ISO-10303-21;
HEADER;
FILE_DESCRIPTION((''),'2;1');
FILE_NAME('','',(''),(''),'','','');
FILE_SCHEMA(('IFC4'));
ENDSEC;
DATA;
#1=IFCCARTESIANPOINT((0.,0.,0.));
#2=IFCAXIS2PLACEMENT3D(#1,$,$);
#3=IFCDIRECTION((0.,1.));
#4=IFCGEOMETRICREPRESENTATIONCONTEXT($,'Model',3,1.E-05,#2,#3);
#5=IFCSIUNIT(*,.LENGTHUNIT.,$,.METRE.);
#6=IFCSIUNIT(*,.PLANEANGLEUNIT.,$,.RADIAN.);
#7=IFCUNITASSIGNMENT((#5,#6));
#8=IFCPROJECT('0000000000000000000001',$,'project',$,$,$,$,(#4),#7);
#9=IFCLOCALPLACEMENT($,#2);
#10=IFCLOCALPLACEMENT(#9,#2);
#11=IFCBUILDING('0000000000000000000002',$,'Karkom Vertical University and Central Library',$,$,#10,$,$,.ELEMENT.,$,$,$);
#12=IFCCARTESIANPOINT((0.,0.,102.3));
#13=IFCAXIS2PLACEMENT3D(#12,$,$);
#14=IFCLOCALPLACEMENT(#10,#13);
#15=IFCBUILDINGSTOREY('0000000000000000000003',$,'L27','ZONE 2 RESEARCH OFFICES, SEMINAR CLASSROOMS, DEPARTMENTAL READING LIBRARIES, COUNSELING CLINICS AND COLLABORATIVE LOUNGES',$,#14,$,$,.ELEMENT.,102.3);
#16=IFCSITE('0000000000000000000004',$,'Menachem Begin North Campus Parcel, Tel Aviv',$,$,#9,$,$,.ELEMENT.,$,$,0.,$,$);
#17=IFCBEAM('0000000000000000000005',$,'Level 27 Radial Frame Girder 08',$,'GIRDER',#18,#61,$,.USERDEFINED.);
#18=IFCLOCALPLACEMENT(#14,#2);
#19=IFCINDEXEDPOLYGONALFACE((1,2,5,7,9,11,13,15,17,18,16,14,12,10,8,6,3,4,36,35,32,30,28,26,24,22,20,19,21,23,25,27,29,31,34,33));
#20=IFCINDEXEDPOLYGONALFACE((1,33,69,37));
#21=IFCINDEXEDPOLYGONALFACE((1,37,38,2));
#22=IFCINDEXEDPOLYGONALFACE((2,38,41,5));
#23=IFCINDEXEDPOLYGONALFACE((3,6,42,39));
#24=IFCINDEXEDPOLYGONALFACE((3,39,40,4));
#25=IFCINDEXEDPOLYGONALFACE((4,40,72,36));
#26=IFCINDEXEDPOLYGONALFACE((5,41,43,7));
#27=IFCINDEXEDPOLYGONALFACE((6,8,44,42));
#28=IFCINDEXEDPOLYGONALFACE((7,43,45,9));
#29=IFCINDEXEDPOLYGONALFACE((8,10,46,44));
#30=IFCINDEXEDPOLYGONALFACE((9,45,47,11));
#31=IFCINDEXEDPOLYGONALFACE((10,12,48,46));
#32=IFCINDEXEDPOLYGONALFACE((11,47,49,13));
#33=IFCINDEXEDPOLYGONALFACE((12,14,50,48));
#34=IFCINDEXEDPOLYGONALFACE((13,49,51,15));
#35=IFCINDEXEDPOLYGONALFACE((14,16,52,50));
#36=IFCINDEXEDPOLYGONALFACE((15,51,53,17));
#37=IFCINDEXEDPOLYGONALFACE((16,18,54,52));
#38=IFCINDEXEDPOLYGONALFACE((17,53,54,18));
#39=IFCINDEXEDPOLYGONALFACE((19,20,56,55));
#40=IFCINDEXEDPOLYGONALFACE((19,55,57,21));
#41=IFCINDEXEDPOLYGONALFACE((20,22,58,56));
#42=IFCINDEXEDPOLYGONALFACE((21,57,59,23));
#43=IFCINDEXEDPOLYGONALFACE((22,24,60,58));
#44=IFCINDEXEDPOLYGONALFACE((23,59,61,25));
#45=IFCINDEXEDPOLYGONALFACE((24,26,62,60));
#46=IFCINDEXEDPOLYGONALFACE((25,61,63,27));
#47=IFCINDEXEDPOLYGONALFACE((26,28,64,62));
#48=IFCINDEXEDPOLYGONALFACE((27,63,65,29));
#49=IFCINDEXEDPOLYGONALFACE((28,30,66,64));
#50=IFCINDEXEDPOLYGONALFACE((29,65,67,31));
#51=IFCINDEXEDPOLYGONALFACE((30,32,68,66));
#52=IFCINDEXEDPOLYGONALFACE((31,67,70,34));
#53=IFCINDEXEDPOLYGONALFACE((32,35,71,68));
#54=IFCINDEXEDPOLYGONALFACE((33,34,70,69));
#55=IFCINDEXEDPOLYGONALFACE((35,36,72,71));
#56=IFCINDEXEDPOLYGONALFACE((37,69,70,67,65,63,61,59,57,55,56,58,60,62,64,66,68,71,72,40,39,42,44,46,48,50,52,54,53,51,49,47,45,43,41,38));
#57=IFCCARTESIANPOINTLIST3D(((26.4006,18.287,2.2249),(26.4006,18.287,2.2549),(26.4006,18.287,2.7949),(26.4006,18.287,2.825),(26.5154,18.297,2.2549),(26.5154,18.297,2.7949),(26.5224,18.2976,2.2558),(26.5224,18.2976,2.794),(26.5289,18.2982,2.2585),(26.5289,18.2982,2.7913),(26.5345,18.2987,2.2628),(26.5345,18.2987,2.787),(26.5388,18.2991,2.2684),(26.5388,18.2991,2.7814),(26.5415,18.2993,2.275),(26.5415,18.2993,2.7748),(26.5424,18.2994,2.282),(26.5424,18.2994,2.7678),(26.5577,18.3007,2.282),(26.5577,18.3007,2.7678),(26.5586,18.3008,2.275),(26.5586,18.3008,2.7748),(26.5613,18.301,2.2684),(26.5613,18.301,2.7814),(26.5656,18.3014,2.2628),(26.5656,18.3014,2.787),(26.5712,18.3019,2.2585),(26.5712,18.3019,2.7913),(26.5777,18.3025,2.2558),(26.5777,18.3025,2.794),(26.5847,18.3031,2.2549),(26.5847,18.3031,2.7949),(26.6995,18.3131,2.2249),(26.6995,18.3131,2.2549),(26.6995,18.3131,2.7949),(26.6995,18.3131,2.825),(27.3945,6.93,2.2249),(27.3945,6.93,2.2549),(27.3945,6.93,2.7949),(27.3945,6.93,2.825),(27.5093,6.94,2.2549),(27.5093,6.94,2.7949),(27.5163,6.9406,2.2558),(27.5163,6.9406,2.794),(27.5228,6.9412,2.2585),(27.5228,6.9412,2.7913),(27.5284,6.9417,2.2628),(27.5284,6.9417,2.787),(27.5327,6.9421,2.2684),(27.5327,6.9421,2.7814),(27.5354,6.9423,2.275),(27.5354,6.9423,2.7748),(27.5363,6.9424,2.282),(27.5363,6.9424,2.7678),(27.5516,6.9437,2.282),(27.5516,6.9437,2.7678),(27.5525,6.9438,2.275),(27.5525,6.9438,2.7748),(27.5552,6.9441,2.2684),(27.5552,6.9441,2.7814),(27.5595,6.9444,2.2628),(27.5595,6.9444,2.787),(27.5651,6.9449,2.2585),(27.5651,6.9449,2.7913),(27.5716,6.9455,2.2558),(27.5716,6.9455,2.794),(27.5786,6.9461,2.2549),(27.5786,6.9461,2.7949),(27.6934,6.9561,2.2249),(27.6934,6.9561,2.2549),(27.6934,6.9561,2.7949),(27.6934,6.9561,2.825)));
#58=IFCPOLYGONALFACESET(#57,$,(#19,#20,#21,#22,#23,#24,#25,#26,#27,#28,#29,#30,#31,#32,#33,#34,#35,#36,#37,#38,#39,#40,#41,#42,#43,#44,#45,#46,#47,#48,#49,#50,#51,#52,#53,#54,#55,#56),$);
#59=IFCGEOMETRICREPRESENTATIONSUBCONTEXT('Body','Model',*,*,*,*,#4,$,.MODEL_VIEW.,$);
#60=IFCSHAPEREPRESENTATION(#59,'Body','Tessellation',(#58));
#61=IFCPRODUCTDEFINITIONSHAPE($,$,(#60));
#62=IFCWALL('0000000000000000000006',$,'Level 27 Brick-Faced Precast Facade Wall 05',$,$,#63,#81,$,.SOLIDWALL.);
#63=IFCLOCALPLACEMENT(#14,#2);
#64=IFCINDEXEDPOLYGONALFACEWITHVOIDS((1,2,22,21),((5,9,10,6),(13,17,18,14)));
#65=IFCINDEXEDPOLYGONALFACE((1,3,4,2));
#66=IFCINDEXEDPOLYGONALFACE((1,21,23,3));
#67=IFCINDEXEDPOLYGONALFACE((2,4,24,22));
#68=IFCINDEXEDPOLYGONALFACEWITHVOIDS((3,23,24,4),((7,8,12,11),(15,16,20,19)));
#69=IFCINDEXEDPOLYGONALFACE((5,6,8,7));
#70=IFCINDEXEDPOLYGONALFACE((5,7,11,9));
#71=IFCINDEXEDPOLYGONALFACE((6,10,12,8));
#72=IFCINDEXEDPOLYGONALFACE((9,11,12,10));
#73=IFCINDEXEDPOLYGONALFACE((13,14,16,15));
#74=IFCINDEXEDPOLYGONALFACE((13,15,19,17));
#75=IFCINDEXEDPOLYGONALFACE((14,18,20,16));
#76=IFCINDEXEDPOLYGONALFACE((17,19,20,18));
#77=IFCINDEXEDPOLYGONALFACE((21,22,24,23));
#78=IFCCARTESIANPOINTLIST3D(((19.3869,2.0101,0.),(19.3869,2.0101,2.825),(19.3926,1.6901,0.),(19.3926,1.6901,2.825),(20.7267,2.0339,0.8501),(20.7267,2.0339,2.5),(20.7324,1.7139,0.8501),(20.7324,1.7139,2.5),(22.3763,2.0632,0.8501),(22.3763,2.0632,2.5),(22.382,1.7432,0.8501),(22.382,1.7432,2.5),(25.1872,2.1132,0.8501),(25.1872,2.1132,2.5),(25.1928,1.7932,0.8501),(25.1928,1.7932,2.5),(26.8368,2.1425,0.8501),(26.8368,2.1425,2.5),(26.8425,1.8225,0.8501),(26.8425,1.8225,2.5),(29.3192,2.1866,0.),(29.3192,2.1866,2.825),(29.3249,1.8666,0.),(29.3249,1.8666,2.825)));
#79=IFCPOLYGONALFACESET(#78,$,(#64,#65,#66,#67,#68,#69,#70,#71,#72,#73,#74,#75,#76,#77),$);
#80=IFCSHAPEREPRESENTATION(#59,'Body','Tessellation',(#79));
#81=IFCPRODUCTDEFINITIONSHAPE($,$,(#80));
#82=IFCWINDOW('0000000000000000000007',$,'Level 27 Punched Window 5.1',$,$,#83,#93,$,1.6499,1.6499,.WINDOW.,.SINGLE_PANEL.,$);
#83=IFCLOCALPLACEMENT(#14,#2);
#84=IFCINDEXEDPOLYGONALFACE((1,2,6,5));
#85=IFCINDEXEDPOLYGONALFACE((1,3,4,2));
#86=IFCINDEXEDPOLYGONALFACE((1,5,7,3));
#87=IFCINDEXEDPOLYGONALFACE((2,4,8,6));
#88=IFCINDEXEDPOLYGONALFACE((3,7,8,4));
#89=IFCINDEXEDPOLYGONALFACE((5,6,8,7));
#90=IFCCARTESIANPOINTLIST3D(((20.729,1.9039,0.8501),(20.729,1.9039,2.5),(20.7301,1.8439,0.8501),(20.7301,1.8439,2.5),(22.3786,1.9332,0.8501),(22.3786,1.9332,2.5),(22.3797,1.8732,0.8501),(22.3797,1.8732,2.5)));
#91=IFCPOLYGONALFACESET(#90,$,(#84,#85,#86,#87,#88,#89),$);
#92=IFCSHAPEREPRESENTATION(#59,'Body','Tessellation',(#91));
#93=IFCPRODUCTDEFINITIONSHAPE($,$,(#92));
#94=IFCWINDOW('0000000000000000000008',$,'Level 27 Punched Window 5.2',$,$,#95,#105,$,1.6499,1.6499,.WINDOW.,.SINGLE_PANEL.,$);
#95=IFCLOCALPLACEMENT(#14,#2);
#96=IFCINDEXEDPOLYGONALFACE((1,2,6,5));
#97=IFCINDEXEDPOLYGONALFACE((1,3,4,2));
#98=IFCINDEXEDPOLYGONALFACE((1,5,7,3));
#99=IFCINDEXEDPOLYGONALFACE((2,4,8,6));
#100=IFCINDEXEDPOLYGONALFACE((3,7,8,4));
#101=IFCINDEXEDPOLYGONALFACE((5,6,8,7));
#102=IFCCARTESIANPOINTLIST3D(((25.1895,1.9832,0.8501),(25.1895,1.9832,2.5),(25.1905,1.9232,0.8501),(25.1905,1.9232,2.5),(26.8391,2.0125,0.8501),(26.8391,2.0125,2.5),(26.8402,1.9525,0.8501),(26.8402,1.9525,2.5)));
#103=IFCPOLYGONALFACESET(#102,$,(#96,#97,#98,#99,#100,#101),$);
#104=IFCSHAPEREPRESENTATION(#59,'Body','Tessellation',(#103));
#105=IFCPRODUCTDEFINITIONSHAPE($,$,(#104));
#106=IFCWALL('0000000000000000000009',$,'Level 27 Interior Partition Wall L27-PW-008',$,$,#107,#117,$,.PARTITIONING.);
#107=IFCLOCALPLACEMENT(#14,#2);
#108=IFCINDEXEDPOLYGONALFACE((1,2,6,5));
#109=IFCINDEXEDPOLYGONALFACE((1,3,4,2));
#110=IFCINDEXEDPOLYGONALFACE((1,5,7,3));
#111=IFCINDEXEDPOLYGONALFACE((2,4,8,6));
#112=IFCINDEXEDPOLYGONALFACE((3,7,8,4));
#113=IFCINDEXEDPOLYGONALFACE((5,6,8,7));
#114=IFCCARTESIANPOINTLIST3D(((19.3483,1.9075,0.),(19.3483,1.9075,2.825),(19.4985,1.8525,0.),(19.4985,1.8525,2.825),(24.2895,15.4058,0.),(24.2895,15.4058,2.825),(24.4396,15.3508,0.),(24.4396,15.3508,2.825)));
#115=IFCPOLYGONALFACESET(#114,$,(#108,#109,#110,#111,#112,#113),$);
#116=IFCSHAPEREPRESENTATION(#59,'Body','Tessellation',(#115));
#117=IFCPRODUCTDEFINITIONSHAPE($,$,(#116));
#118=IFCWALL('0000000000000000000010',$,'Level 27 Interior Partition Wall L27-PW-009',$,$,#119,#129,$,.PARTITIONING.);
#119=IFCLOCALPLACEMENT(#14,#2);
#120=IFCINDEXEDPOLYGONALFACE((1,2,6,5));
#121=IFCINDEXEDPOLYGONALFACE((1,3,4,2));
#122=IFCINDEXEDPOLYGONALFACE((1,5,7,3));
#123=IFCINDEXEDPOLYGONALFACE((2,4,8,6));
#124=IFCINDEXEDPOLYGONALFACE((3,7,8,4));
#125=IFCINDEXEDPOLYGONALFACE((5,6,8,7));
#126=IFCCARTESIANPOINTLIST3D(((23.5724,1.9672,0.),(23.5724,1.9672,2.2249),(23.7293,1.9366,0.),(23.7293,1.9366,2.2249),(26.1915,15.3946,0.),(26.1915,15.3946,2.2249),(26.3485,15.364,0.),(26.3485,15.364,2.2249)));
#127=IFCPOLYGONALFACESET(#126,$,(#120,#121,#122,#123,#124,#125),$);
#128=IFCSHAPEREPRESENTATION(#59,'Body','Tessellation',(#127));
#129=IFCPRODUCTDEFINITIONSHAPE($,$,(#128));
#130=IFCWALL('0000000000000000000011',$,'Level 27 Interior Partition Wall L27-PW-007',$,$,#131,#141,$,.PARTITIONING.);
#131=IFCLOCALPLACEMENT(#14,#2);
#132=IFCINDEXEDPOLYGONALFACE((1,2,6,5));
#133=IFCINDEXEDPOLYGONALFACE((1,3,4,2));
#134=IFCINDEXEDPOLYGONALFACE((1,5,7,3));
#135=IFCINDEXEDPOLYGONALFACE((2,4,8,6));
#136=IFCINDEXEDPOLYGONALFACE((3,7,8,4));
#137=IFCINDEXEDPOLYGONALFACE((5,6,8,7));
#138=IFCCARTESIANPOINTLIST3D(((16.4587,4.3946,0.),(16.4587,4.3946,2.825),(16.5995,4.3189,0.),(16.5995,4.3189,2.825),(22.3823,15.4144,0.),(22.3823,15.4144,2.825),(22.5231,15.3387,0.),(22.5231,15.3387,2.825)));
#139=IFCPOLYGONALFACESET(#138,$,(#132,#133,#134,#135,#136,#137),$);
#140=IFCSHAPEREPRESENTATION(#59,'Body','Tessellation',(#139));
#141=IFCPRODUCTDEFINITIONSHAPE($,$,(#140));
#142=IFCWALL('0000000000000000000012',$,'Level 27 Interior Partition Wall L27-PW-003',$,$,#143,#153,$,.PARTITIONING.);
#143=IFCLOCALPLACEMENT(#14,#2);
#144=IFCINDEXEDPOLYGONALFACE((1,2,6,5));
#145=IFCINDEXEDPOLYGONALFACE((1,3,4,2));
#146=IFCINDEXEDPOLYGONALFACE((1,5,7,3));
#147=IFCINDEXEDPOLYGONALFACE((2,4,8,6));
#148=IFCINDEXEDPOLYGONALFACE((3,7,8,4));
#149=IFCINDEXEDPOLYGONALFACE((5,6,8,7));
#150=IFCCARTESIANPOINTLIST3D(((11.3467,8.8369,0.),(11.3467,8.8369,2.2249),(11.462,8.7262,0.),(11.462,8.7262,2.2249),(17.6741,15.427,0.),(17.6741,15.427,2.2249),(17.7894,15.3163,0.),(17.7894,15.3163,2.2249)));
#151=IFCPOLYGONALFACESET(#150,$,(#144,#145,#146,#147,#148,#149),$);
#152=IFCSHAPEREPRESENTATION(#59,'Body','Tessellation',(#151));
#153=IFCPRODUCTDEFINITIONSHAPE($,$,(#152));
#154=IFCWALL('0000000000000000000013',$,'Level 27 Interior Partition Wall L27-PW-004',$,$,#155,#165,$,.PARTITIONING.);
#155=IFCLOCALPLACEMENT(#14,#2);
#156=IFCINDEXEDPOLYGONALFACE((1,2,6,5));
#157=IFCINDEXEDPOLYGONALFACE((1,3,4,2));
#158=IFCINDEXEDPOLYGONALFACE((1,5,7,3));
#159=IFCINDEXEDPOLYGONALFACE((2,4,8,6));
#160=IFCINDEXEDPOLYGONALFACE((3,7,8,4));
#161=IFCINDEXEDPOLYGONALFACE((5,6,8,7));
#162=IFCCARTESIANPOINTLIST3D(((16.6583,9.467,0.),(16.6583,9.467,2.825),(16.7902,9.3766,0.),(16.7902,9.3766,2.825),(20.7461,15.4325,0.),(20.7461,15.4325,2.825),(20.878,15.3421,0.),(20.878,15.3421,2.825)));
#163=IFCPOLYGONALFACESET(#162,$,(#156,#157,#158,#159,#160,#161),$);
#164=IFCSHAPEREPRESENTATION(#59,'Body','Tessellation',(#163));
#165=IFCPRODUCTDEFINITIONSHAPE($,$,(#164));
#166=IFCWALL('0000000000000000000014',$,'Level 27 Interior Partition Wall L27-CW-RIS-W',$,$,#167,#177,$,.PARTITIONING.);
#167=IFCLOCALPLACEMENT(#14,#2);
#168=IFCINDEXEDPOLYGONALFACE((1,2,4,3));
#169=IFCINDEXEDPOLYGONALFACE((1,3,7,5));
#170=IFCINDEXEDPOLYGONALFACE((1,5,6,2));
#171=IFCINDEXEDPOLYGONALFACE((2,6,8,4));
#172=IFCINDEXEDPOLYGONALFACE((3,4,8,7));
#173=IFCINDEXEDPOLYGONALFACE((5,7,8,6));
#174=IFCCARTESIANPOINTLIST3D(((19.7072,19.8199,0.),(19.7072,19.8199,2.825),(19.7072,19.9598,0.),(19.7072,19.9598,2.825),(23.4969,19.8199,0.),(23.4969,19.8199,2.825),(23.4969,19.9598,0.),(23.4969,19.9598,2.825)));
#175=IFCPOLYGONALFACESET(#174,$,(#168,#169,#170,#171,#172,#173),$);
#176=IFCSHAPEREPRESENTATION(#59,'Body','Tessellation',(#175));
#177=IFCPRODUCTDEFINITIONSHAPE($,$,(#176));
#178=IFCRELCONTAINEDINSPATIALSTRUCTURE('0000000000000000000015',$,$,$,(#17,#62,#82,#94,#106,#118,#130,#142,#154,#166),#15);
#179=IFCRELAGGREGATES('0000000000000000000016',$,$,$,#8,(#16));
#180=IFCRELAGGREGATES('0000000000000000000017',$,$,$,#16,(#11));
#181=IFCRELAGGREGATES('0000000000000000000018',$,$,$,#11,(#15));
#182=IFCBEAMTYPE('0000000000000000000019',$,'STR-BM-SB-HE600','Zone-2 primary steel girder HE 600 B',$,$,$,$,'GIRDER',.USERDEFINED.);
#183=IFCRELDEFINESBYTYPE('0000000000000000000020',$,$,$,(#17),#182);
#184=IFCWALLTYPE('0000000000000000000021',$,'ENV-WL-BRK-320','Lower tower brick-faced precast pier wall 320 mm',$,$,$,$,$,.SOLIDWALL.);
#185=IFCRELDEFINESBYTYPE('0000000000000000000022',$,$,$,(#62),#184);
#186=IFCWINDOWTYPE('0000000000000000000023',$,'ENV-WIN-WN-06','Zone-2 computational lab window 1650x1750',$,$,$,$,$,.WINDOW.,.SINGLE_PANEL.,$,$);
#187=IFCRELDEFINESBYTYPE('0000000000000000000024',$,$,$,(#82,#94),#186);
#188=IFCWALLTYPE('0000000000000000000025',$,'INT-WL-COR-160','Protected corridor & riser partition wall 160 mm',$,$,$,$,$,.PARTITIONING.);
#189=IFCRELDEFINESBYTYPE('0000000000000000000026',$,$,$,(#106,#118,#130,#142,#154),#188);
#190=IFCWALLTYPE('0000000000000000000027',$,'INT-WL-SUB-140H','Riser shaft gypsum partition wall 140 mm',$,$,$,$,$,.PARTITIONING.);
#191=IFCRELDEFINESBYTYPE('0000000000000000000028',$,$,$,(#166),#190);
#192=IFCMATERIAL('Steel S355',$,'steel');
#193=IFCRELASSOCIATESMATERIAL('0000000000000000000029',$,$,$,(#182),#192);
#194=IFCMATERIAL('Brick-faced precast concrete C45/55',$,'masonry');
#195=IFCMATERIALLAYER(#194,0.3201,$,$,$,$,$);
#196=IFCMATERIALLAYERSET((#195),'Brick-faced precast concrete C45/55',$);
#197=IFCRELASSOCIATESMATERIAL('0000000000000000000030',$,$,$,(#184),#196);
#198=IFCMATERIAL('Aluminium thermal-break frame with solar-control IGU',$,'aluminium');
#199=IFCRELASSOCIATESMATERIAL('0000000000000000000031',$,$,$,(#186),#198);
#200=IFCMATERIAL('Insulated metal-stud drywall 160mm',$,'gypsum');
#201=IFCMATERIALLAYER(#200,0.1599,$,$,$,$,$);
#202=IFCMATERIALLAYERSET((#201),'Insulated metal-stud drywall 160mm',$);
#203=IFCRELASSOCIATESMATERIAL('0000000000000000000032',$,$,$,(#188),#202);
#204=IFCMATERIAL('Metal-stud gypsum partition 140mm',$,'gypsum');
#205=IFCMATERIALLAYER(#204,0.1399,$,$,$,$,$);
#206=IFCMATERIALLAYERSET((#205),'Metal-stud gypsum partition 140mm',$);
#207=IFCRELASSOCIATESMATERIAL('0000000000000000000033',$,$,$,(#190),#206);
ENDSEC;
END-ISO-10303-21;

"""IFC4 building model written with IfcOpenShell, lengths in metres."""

from ifc_helpers import new_model, si_unit, direction, frame, frame_2d, origin, origin_with_axes, origin_2d, place, context, subcontext, project, spatial, rectangle, i_section, extrude, source, transform, mapped, material, layer, layer_set, material_profile, profile_set, type_object, element, fill, save


model = new_model("IFC4")

# Units and contexts
model_context = context("Model", 3, precision=1e-05, world=origin(), true_north=direction((0.0, 1.0)))
body_context = subcontext(model_context, "Body", "Model", "MODEL_VIEW")
ifc_project = project(units=[si_unit("LENGTHUNIT", "METRE"), si_unit("PLANEANGLEUNIT", "RADIAN")], contexts=[model_context])

# Site, building, storey
site_placement = place(None, origin())
site = spatial("IfcSite", under=ifc_project, at=site_placement, Name="Menachem Begin North Campus Parcel, Tel Aviv", CompositionType="ELEMENT", RefElevation=0.0)
building_placement = place(site_placement, origin())
building = spatial("IfcBuilding", under=site, at=building_placement, Name="Karkom Vertical University and Central Library", CompositionType="ELEMENT")
storey_placement = place(building_placement, frame((0.0, 0.0, 102.3)))
storey = spatial("IfcBuildingStorey", under=building, at=storey_placement, Name="L27", Description="ZONE 2 RESEARCH OFFICES, SEMINAR CLASSROOMS, DEPARTMENTAL READING LIBRARIES, COUNSELING CLINICS AND COLLABORATIVE LOUNGES", CompositionType="ELEMENT", Elevation=102.3)

# Beam
ifc_material_1 = material(Name="Steel S355", Category="steel")
ifc_material_profile_1 = material_profile(ifc_material_1, i_section(OverallWidth=0.3, OverallDepth=0.6001, WebThickness=0.0154, FlangeThickness=0.03, FilletRadius=0.0271, at=origin_2d()), Name="HE 600 B")
ifc_profile_set_1 = profile_set([ifc_material_profile_1], Name="Steel S355")
beam_type_1 = type_object("IfcBeamType", Name="STR-BM-SB-HE600", Description="Zone-2 primary steel girder HE 600 B", ElementType="GIRDER", PredefinedType="USERDEFINED", material=ifc_profile_set_1)
shared_shape_1 = source(origin_with_axes(), body_context, "Body", "SweptSolid", [
    extrude(i_section(OverallWidth=0.3, OverallDepth=0.6001, WebThickness=0.0154, FlangeThickness=0.03, FilletRadius=0.0271, at=origin_2d()), origin(), (0.0, 0.0, 1.0), 11.4004),
])
beam_1_placement = place(storey_placement, frame((26.55, 18.3, 2.5249), z_axis=(0.087181, -0.996192, 0.0), x_axis=(0.996192, 0.087181, 0.0)))
element("IfcBeam", 1, at=beam_1_placement, inside=storey, type_object=beam_type_1, Name="Level 27 Radial Frame Girder 08", ObjectType="GIRDER", PredefinedType="USERDEFINED", context=body_context, shape_type="MappedRepresentation", body=[
    mapped(shared_shape_1, transform((0.0, 0.0, 0.0), scale=1.0)),
])

# Wall, openings, windows
ifc_material_2 = material(Name="Brick-faced precast concrete C45/55", Category="masonry")
ifc_layer_1 = layer(ifc_material_2, 0.3201)
ifc_layer_set_1 = layer_set([ifc_layer_1], Name="Brick-faced precast concrete C45/55")
wall_type_1 = type_object("IfcWallType", Name="ENV-WL-BRK-320", Description="Lower tower brick-faced precast pier wall 320 mm", PredefinedType="SOLIDWALL", material=ifc_layer_set_1)
wall_1_placement = place(storey_placement, frame((19.3899, 1.8501, 0.0), z_axis=(0.0, 0.0, 1.0), x_axis=(0.999842, 0.017769, 0.0)))
wall_1 = element("IfcWall", 2, at=wall_1_placement, inside=storey, type_object=wall_type_1, Name="Level 27 Brick-Faced Precast Facade Wall 05", PredefinedType="SOLIDWALL", context=body_context, shape_type="SweptSolid", body=[
    extrude(rectangle(XDim=9.9338, YDim=0.3201, at=frame_2d((4.9668, 0.0))), origin(), (0.0, 0.0, 1.0), 2.825),
])
opening_1_placement = place(wall_1_placement, frame((1.3398, 0.0, 0.8501)))
opening_1 = element("IfcOpeningElement", 3, at=opening_1_placement, cuts=wall_1, PredefinedType="OPENING", context=body_context, shape_type="SweptSolid", body=[
    extrude(rectangle(XDim=1.6499, YDim=1.6499, at=frame_2d((0.825, 0.825))), frame((0.0, 0.1699, 0.0), z_axis=(0.0, -1.0, 0.0), x_axis=(1.0, 0.0, 0.0)), (0.0, 0.0, 1.0), 0.3401),
])
opening_2_placement = place(wall_1_placement, frame((5.801, 0.0, 0.8501)))
opening_2 = element("IfcOpeningElement", 4, at=opening_2_placement, cuts=wall_1, PredefinedType="OPENING", context=body_context, shape_type="SweptSolid", body=[
    extrude(rectangle(XDim=1.6499, YDim=1.6499, at=frame_2d((0.825, 0.825))), frame((0.0, 0.1699, 0.0), z_axis=(0.0, -1.0, 0.0), x_axis=(1.0, 0.0, 0.0)), (0.0, 0.0, 1.0), 0.3401),
])
ifc_material_3 = material(Name="Aluminium thermal-break frame with solar-control IGU", Category="aluminium")
window_type = type_object("IfcWindowType", Name="ENV-WIN-WN-06", Description="Zone-2 computational lab window 1650x1750", PartitioningType="SINGLE_PANEL", PredefinedType="WINDOW", material=ifc_material_3)
shared_shape_2 = source(origin_with_axes(), body_context, "Body", "SweptSolid", [
    extrude(rectangle(XDim=1.6499, YDim=1.6499, at=frame_2d((0.825, 0.825))), frame((0.0, 0.03, 0.0), z_axis=(0.0, -1.0, 0.0), x_axis=(1.0, 0.0, 0.0)), (0.0, 0.0, 1.0), 0.0601),
])
window_1_placement = place(opening_1_placement, origin())
window_1 = element("IfcWindow", 5, at=window_1_placement, inside=storey, type_object=window_type, Name="Level 27 Punched Window 5.1", OverallHeight=1.6499, OverallWidth=1.6499, PartitioningType="SINGLE_PANEL", PredefinedType="WINDOW", context=body_context, shape_type="MappedRepresentation", body=[
    mapped(shared_shape_2, transform((0.0, 0.0, 0.0), scale=1.0)),
])
fill(opening_1, window_1)
window_2_placement = place(opening_2_placement, origin())
window_2 = element("IfcWindow", 6, at=window_2_placement, inside=storey, type_object=window_type, Name="Level 27 Punched Window 5.2", OverallHeight=1.6499, OverallWidth=1.6499, PartitioningType="SINGLE_PANEL", PredefinedType="WINDOW", context=body_context, shape_type="MappedRepresentation", body=[
    mapped(shared_shape_2, transform((0.0, 0.0, 0.0), scale=1.0)),
])
fill(opening_2, window_2)

# Walls
ifc_material_4 = material(Name="Insulated metal-stud drywall 160mm", Category="gypsum")
ifc_layer_2 = layer(ifc_material_4, 0.1599)
ifc_layer_set_2 = layer_set([ifc_layer_2], Name="Insulated metal-stud drywall 160mm")
wall_type_2 = type_object("IfcWallType", Name="INT-WL-COR-160", Description="Protected corridor & riser partition wall 160 mm", PredefinedType="PARTITIONING", material=ifc_layer_set_2)
wall_2_placement = place(storey_placement, frame((24.3645, 15.3782, 0.0), z_axis=(0.0, 0.0, 1.0), x_axis=(-0.343751, -0.939061, 0.0)))
element("IfcWall", 7, at=wall_2_placement, inside=storey, type_object=wall_type_2, Name="Level 27 Interior Partition Wall L27-PW-008", PredefinedType="PARTITIONING", context=body_context, shape_type="SweptSolid", body=[
    extrude(rectangle(XDim=14.3743, YDim=0.1599, at=frame_2d((7.187, 0.0))), origin(), (0.0, 0.0, 1.0), 2.825),
])
wall_3_placement = place(storey_placement, frame((26.27, 15.3794, 0.0), z_axis=(0.0, 0.0, 1.0), x_axis=(-0.191453, -0.981502, 0.0)))
element("IfcWall", 8, at=wall_3_placement, inside=storey, type_object=wall_type_2, Name="Level 27 Interior Partition Wall L27-PW-009", PredefinedType="PARTITIONING", context=body_context, shape_type="SweptSolid", body=[
    extrude(rectangle(XDim=13.6804, YDim=0.1599, at=frame_2d((6.8403, 0.0))), origin(), (0.0, 0.0, 1.0), 2.2249),
])
wall_4_placement = place(storey_placement, frame((22.4526, 15.3765, 0.0), z_axis=(0.0, 0.0, 1.0), x_axis=(-0.473471, -0.880809, 0.0)))
element("IfcWall", 9, at=wall_4_placement, inside=storey, type_object=wall_type_2, Name="Level 27 Interior Partition Wall L27-PW-007", PredefinedType="PARTITIONING", context=body_context, shape_type="SweptSolid", body=[
    extrude(rectangle(XDim=12.511, YDim=0.1599, at=frame_2d((6.2554, 0.0))), origin(), (0.0, 0.0, 1.0), 2.825),
])
wall_5_placement = place(storey_placement, frame((17.7317, 15.3716, 0.0), z_axis=(0.0, 0.0, 1.0), x_axis=(-0.692584, -0.721338, 0.0)))
element("IfcWall", 10, at=wall_5_placement, inside=storey, type_object=wall_type_2, Name="Level 27 Interior Partition Wall L27-PW-003", PredefinedType="PARTITIONING", context=body_context, shape_type="SweptSolid", body=[
    extrude(rectangle(XDim=9.136, YDim=0.1599, at=frame_2d((4.5679, 0.0))), origin(), (0.0, 0.0, 1.0), 2.2249),
])
wall_6_placement = place(storey_placement, frame((20.812, 15.3872, 0.0), z_axis=(0.0, 0.0, 1.0), x_axis=(-0.565266, -0.824909, 0.0)))
element("IfcWall", 11, at=wall_6_placement, inside=storey, type_object=wall_type_2, Name="Level 27 Interior Partition Wall L27-PW-004", PredefinedType="PARTITIONING", context=body_context, shape_type="SweptSolid", body=[
    extrude(rectangle(XDim=7.2317, YDim=0.1599, at=frame_2d((3.6157, 0.0))), origin(), (0.0, 0.0, 1.0), 2.825),
])
ifc_material_5 = material(Name="Metal-stud gypsum partition 140mm", Category="gypsum")
ifc_layer_3 = layer(ifc_material_5, 0.1399)
ifc_layer_set_3 = layer_set([ifc_layer_3], Name="Metal-stud gypsum partition 140mm")
wall_type_3 = type_object("IfcWallType", Name="INT-WL-SUB-140H", Description="Riser shaft gypsum partition wall 140 mm", PredefinedType="PARTITIONING", material=ifc_layer_set_3)
wall_7_placement = place(storey_placement, frame((19.707, 19.8899, 0.0), z_axis=(0.0, 0.0, 1.0), x_axis=(1.0, 0.0, 0.0)))
element("IfcWall", 12, at=wall_7_placement, inside=storey, type_object=wall_type_3, Name="Level 27 Interior Partition Wall L27-CW-RIS-W", PredefinedType="PARTITIONING", context=body_context, shape_type="SweptSolid", body=[
    extrude(rectangle(XDim=3.7898, YDim=0.1399, at=frame_2d((1.895, 0.0))), origin(), (0.0, 0.0, 1.0), 2.825),
])

save(model, "model.ifc")
